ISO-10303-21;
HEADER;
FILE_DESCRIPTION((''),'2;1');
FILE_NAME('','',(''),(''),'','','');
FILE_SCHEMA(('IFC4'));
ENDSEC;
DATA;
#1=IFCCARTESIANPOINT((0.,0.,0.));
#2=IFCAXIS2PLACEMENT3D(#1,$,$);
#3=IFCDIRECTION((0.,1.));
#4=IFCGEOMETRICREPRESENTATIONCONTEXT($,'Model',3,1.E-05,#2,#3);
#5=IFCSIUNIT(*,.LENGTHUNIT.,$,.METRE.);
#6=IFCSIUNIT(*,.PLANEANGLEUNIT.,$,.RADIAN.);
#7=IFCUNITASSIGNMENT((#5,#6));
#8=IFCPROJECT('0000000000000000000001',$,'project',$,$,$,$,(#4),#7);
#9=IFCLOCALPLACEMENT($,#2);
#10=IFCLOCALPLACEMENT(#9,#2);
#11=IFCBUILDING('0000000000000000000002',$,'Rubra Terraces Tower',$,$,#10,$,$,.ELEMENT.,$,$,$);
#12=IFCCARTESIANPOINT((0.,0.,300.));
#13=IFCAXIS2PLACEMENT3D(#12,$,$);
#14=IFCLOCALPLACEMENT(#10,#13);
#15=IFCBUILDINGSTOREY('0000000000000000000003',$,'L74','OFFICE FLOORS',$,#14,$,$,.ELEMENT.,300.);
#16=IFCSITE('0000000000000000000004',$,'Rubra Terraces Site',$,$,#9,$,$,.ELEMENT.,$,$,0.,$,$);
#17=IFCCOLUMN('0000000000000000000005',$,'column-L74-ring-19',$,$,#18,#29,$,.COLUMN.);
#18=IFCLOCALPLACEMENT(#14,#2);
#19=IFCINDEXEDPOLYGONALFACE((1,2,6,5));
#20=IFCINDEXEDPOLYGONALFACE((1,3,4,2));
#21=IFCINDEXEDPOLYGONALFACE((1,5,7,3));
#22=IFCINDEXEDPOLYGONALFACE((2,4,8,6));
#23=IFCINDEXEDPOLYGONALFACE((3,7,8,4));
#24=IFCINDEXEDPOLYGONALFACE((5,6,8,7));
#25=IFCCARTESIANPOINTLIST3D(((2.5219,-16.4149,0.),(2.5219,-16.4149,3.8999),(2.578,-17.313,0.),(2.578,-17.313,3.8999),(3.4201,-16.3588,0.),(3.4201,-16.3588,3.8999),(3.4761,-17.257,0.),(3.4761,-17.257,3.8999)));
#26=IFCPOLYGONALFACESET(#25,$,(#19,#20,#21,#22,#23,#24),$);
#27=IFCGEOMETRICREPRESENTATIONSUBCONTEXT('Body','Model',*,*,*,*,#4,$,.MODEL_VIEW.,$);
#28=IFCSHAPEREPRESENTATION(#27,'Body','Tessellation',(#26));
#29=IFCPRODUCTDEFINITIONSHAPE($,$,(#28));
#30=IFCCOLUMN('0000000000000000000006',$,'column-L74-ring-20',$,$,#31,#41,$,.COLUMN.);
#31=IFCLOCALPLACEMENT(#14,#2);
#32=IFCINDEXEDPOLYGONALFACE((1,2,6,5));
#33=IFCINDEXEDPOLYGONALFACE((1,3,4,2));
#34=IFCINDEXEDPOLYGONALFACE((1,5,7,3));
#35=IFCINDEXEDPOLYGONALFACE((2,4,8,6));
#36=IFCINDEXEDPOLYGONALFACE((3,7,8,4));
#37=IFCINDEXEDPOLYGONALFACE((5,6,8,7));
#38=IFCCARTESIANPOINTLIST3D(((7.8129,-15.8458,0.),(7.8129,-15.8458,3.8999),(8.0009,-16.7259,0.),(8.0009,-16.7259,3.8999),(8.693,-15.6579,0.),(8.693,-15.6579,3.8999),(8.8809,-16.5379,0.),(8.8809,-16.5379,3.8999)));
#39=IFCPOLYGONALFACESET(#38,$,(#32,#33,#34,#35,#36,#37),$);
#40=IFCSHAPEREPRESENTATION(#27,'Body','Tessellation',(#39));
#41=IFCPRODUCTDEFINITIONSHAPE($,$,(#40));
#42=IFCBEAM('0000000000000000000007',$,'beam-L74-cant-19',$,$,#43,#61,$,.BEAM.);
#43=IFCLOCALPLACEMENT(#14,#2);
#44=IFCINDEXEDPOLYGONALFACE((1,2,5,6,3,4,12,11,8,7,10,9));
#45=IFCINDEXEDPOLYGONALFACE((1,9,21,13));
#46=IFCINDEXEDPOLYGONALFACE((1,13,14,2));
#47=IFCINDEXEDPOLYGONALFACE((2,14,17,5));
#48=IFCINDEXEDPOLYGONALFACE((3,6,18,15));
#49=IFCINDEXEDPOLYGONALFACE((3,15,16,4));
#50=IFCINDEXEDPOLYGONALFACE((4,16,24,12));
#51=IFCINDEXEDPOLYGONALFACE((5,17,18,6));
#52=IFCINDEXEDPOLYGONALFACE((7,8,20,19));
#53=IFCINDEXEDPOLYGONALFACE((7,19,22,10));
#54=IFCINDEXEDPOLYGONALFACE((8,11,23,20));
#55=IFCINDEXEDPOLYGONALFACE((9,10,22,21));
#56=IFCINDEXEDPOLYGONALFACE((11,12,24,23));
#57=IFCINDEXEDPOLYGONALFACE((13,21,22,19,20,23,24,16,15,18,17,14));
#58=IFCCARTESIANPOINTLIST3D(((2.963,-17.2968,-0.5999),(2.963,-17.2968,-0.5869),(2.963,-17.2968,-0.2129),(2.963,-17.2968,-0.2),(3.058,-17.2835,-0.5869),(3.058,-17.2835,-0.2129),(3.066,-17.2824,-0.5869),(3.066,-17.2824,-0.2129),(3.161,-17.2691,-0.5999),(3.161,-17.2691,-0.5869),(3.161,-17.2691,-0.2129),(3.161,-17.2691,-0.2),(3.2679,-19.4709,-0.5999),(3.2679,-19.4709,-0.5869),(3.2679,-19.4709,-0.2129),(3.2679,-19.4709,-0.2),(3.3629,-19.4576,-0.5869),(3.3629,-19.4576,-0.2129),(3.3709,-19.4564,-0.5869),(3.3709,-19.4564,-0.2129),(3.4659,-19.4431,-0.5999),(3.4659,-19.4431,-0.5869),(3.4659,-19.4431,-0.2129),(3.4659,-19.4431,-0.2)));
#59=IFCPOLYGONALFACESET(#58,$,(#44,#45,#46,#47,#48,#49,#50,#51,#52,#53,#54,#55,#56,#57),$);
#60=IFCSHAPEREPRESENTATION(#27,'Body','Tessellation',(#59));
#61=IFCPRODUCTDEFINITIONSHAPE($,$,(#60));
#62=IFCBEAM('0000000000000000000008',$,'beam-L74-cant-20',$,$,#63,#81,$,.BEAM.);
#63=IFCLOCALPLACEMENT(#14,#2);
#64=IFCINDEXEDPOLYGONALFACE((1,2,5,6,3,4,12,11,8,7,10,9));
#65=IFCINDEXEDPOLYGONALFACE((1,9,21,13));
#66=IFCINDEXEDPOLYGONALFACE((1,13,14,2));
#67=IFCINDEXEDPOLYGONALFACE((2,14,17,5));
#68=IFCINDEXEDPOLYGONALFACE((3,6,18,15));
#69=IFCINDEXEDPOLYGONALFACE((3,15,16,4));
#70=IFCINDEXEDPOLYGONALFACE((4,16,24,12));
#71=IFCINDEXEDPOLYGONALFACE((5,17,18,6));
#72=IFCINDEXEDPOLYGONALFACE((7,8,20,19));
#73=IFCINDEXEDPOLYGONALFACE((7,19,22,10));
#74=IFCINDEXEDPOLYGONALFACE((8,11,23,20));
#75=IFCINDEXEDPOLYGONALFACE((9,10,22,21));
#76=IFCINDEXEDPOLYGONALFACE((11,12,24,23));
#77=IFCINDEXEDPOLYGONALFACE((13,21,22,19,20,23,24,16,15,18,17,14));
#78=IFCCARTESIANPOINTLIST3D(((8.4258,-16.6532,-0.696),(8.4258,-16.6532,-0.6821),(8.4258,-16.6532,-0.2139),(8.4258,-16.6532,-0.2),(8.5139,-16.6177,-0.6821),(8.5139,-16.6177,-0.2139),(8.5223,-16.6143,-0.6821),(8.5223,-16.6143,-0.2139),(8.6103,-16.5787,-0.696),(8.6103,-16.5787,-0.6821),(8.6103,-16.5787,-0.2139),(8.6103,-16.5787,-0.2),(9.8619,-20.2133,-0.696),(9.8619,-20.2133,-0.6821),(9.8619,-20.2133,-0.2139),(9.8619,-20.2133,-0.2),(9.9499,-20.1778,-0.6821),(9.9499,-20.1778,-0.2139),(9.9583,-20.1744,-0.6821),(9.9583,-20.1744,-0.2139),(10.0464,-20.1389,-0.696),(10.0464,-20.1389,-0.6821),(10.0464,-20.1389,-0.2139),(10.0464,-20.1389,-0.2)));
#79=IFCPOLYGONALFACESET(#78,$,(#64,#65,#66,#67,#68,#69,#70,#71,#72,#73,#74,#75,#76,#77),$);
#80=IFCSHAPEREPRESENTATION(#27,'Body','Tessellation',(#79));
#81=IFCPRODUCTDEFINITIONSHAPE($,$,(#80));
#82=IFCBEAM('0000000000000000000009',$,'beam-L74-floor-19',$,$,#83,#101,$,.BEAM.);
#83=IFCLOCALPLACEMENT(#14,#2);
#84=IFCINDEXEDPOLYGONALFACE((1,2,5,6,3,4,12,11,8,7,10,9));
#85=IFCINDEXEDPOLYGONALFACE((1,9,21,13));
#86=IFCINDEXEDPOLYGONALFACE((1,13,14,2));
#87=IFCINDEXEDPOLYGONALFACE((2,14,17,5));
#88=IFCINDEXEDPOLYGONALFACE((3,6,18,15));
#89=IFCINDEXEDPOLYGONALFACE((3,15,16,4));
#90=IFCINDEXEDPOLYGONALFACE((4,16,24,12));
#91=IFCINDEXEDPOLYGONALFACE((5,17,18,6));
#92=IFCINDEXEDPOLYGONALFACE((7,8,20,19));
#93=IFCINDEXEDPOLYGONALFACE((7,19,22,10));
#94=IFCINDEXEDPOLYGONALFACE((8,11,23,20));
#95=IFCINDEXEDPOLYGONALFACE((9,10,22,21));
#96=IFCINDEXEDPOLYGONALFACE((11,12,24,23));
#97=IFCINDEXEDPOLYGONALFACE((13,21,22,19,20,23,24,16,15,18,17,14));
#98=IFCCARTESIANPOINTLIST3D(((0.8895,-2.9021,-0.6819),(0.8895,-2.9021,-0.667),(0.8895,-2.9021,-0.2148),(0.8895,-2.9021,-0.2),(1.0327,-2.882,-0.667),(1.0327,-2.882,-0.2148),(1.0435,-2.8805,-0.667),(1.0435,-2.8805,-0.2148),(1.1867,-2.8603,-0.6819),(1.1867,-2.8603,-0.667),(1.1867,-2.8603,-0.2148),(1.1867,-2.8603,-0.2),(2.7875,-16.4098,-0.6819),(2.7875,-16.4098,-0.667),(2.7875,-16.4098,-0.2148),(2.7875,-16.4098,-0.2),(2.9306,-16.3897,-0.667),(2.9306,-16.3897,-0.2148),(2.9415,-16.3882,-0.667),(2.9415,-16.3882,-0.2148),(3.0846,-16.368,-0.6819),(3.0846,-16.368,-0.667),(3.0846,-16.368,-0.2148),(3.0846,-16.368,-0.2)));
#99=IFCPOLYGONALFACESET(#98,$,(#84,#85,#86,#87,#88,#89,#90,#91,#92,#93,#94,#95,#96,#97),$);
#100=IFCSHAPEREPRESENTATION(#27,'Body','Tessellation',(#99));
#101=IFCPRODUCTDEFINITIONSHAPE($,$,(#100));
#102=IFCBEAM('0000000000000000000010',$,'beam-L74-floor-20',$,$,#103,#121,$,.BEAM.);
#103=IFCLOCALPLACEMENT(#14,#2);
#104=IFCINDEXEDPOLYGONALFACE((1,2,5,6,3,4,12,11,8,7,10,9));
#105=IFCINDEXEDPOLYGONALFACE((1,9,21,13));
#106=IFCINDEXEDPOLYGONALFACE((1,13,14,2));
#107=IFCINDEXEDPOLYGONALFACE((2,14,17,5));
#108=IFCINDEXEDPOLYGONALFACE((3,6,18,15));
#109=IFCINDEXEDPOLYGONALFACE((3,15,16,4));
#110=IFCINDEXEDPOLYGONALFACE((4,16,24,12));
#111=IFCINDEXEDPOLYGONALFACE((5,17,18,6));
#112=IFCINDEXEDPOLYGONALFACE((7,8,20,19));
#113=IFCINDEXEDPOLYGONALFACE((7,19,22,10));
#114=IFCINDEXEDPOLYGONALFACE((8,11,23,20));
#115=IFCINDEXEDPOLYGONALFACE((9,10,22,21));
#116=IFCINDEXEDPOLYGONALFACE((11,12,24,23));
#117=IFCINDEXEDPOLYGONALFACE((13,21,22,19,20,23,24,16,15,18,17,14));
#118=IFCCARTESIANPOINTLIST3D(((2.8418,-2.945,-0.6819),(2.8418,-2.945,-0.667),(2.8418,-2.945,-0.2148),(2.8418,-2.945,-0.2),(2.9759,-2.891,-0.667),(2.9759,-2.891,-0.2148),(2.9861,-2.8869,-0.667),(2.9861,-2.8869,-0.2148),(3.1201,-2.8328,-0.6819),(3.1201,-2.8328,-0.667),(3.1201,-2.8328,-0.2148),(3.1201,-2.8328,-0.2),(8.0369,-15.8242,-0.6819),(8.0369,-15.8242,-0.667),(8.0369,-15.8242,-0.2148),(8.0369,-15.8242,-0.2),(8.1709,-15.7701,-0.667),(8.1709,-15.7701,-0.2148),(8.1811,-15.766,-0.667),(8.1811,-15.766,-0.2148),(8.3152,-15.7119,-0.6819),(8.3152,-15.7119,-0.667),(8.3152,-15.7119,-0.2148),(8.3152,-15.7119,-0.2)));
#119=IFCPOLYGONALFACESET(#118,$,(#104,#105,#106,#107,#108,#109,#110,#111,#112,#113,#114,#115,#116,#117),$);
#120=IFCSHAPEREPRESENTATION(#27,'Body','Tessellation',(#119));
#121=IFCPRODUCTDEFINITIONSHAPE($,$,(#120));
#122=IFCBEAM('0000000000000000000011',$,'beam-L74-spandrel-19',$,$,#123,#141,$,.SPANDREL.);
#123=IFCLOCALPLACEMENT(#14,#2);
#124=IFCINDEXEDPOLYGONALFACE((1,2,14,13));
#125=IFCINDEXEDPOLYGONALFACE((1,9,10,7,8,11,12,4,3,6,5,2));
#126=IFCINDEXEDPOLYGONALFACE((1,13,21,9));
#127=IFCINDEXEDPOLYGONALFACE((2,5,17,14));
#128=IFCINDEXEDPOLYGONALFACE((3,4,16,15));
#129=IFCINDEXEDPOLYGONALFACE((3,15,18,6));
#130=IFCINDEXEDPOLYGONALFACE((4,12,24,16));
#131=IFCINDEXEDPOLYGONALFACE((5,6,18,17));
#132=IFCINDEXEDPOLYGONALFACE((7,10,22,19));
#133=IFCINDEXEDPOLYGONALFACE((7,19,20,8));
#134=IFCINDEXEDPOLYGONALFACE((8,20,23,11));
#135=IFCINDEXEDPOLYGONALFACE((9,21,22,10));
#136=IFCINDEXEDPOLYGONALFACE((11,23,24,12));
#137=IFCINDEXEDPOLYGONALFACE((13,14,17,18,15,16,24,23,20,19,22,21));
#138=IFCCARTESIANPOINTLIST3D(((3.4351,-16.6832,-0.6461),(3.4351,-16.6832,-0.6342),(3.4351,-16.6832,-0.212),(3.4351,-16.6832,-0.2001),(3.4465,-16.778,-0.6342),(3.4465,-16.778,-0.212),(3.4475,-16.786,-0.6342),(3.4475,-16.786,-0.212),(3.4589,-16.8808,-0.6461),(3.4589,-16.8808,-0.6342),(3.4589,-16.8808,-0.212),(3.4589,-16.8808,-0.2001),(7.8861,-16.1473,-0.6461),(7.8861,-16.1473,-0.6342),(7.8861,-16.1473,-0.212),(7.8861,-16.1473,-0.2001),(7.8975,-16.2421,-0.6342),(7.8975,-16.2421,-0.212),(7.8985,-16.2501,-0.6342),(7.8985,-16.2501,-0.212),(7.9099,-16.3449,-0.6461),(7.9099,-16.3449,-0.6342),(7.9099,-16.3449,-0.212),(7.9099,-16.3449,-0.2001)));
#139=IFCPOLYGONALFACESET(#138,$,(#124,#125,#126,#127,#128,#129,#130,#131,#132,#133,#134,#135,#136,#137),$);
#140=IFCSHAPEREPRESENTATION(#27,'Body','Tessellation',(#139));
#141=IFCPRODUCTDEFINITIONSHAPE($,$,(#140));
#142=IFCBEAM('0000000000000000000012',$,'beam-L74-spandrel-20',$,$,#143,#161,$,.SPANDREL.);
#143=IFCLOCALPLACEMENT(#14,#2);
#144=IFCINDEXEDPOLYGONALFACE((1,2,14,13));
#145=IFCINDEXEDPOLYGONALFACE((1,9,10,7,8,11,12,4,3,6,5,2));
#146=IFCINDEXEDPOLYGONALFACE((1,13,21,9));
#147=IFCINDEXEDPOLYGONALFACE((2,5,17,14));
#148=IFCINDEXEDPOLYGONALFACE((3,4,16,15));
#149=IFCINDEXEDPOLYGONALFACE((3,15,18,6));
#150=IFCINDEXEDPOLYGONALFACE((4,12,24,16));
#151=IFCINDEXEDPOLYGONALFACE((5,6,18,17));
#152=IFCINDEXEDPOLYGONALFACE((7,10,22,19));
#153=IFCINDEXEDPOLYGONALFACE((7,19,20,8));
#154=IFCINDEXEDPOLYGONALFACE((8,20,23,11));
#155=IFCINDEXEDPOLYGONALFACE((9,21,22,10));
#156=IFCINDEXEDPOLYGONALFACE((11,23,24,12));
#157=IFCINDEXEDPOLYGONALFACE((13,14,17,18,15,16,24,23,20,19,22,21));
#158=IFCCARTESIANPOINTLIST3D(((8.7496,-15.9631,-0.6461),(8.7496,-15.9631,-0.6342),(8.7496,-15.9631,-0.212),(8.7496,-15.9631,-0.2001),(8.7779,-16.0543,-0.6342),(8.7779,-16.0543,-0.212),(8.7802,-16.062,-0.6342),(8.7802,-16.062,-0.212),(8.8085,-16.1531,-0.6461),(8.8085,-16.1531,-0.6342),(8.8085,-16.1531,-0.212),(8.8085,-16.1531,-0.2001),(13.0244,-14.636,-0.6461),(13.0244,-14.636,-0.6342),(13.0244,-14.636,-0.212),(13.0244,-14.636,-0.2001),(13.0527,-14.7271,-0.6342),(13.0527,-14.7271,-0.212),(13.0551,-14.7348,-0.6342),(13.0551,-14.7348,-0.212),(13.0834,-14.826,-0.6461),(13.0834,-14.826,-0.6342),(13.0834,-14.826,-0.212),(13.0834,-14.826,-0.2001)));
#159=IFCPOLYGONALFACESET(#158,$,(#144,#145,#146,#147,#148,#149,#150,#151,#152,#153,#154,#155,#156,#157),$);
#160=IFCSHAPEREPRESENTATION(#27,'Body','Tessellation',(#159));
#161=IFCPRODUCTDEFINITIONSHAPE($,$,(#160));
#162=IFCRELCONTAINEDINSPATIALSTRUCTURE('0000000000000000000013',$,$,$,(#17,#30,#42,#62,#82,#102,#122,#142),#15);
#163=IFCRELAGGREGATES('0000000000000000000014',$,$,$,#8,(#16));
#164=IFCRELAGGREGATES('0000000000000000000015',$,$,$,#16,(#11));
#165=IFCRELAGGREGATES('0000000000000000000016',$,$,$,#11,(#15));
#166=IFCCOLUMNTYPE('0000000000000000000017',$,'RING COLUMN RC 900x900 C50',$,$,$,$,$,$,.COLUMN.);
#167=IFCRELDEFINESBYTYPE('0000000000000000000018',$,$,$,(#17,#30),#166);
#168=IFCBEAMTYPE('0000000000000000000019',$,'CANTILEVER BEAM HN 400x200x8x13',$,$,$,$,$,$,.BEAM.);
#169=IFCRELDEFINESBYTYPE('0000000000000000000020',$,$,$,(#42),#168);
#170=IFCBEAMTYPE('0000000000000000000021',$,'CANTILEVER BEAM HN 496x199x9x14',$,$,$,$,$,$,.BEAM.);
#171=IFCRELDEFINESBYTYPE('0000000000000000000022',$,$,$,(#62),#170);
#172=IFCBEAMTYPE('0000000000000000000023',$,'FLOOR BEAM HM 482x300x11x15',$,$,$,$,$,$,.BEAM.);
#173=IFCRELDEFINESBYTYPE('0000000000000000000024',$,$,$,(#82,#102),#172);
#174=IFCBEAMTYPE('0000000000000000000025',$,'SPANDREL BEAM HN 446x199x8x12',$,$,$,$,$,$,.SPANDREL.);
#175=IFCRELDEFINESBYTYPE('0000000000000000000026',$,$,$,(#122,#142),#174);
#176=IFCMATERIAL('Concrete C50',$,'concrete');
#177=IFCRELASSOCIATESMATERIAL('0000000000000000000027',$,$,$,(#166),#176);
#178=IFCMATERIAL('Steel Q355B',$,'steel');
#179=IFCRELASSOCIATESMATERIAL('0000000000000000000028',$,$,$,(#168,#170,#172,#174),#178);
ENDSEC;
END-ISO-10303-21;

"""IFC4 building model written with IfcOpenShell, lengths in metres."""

from ifc_helpers import new_model, si_unit, direction, frame, origin, origin_2d, place, context, subcontext, project, spatial, rectangle, i_section, extrude, material, material_profile, profile_set, type_object, element, save


model = new_model("IFC4")

# Units and contexts
model_context = context("Model", 3, precision=1e-05, world=origin(), true_north=direction((0.0, 1.0)))
body_context = subcontext(model_context, "Body", "Model", "MODEL_VIEW")
ifc_project = project(units=[si_unit("LENGTHUNIT", "METRE"), si_unit("PLANEANGLEUNIT", "RADIAN")], contexts=[model_context])

# Site, building, storey
site_placement = place(None, origin())
site = spatial("IfcSite", under=ifc_project, at=site_placement, Name="Rubra Terraces Site", CompositionType="ELEMENT", RefElevation=0.0)
building_placement = place(site_placement, origin())
building = spatial("IfcBuilding", under=site, at=building_placement, Name="Rubra Terraces Tower", CompositionType="ELEMENT")
storey_placement = place(building_placement, frame((0.0, 0.0, 300.0)))
storey = spatial("IfcBuildingStorey", under=building, at=storey_placement, Name="L74", Description="OFFICE FLOORS", CompositionType="ELEMENT", Elevation=300.0)

# Columns
ifc_material_1 = material(Name="Concrete C50", Category="concrete")
ifc_material_profile_1 = material_profile(ifc_material_1, rectangle(XDim=0.8999, YDim=0.8999, at=origin_2d()), Name="RC 900x900")
ifc_profile_set_1 = profile_set([ifc_material_profile_1], Name="Concrete C50")
column_type = type_object("IfcColumnType", Name="RING COLUMN RC 900x900 C50", PredefinedType="COLUMN", material=ifc_profile_set_1)
for number, where, z_axis, x_axis, name in (
    (1, (2.999, -16.8359, 0.0), (0.0, 0.0, 1.0), (0.998059, 0.062268, 0.0), "column-L74-ring-19"),
    (2, (8.3469, -16.1919, 0.0), (0.0, 0.0, 1.0), (0.977944, 0.208867, 0.0), "column-L74-ring-20"),
):
    element("IfcColumn", number, at=place(storey_placement, frame(where, z_axis=z_axis, x_axis=x_axis)), inside=storey, type_object=column_type, Name=name, PredefinedType="COLUMN", context=body_context, shape_type="SweptSolid", body=[
        extrude(rectangle(XDim=0.8999, YDim=0.8999, at=origin_2d()), origin(), (0.0, 0.0, 1.0), 3.8999),
    ])

# Beams
ifc_material_2 = material(Name="Steel Q355B", Category="steel")
ifc_material_profile_2 = material_profile(ifc_material_2, i_section(OverallWidth=0.2, OverallDepth=0.3999, WebThickness=0.0081, FlangeThickness=0.0129, at=origin_2d()), Name="HN 400x200x8x13")
ifc_profile_set_2 = profile_set([ifc_material_profile_2], Name="Steel Q355B")
beam_type_1 = type_object("IfcBeamType", Name="CANTILEVER BEAM HN 400x200x8x13", PredefinedType="BEAM", material=ifc_profile_set_2)
beam_1_placement = place(storey_placement, frame((3.062, -17.283, -0.3999), z_axis=(0.138899, -0.990307, 0.0), x_axis=(0.990307, 0.138899, 0.0)))
element("IfcBeam", 3, at=beam_1_placement, inside=storey, type_object=beam_type_1, Name="beam-L74-cant-19", PredefinedType="BEAM", context=body_context, shape_type="SweptSolid", body=[
    extrude(i_section(OverallWidth=0.2, OverallDepth=0.3999, WebThickness=0.0081, FlangeThickness=0.0129, at=origin_2d()), origin(), (0.0, 0.0, 1.0), 2.1953),
])
ifc_material_profile_3 = material_profile(ifc_material_2, i_section(OverallWidth=0.199, OverallDepth=0.4961, WebThickness=0.009, FlangeThickness=0.0139, at=origin_2d()), Name="HN 496x199x9x14")
ifc_profile_set_3 = profile_set([ifc_material_profile_3], Name="Steel Q355B")
beam_type_2 = type_object("IfcBeamType", Name="CANTILEVER BEAM HN 496x199x9x14", PredefinedType="BEAM", material=ifc_profile_set_3)
beam_2_placement = place(storey_placement, frame((8.5181, -16.616, -0.448), z_axis=(0.374087, -0.927394, 0.0), x_axis=(0.927394, 0.374087, 0.0)))
element("IfcBeam", 4, at=beam_2_placement, inside=storey, type_object=beam_type_2, Name="beam-L74-cant-20", PredefinedType="BEAM", context=body_context, shape_type="SweptSolid", body=[
    extrude(i_section(OverallWidth=0.199, OverallDepth=0.4961, WebThickness=0.009, FlangeThickness=0.0139, at=origin_2d()), origin(), (0.0, 0.0, 1.0), 3.8389),
])
ifc_material_profile_4 = material_profile(ifc_material_2, i_section(OverallWidth=0.3, OverallDepth=0.4819, WebThickness=0.011, FlangeThickness=0.0149, at=origin_2d()), Name="HM 482x300x11x15")
ifc_profile_set_4 = profile_set([ifc_material_profile_4], Name="Steel Q355B")
beam_type_3 = type_object("IfcBeamType", Name="FLOOR BEAM HM 482x300x11x15", PredefinedType="BEAM", material=ifc_profile_set_4)
beam_3_placement = place(storey_placement, frame((2.936, -16.3889, -0.4409), z_axis=(-0.139141, 0.990273, 0.0), x_axis=(-0.990273, -0.139141, 0.0)))
element("IfcBeam", 5, at=beam_3_placement, inside=storey, type_object=beam_type_3, Name="beam-L74-floor-19", PredefinedType="BEAM", context=body_context, shape_type="SweptSolid", body=[
    extrude(i_section(OverallWidth=0.3, OverallDepth=0.4819, WebThickness=0.011, FlangeThickness=0.0149, at=origin_2d()), origin(), (0.0, 0.0, 1.0), 13.6404),
])
beam_4_placement = place(storey_placement, frame((8.176, -15.7681, -0.4409), z_axis=(-0.374084, 0.927395, 0.0), x_axis=(-0.927395, -0.374084, 0.0)))
element("IfcBeam", 6, at=beam_4_placement, inside=storey, type_object=beam_type_3, Name="beam-L74-floor-20", PredefinedType="BEAM", context=body_context, shape_type="SweptSolid", body=[
    extrude(i_section(OverallWidth=0.3, OverallDepth=0.4819, WebThickness=0.011, FlangeThickness=0.0149, at=origin_2d()), origin(), (0.0, 0.0, 1.0), 13.8875),
])
ifc_material_profile_5 = material_profile(ifc_material_2, i_section(OverallWidth=0.199, OverallDepth=0.446, WebThickness=0.0081, FlangeThickness=0.012, at=origin_2d()), Name="HN 446x199x8x12")
ifc_profile_set_5 = profile_set([ifc_material_profile_5], Name="Steel Q355B")
beam_type_4 = type_object("IfcBeamType", Name="SPANDREL BEAM HN 446x199x8x12", PredefinedType="SPANDREL", material=ifc_profile_set_5)
beam_5_placement = place(storey_placement, frame((3.447, -16.782, -0.4231), z_axis=(0.99283, 0.119536, 0.0), x_axis=(-0.119536, 0.99283, 0.0)))
element("IfcBeam", 7, at=beam_5_placement, inside=storey, type_object=beam_type_4, Name="beam-L74-spandrel-19", PredefinedType="SPANDREL", context=body_context, shape_type="SweptSolid", body=[
    extrude(i_section(OverallWidth=0.199, OverallDepth=0.446, WebThickness=0.0081, FlangeThickness=0.012, at=origin_2d()), origin(), (0.0, 0.0, 1.0), 4.4832),
])
beam_6_placement = place(storey_placement, frame((8.7791, -16.0581, -0.4231), z_axis=(0.955035, 0.296492, 0.0), x_axis=(-0.296492, 0.955035, 0.0)))
element("IfcBeam", 8, at=beam_6_placement, inside=storey, type_object=beam_type_4, Name="beam-L74-spandrel-20", PredefinedType="SPANDREL", context=body_context, shape_type="SweptSolid", body=[
    extrude(i_section(OverallWidth=0.199, OverallDepth=0.446, WebThickness=0.0081, FlangeThickness=0.012, at=origin_2d()), origin(), (0.0, 0.0, 1.0), 4.4761),
])

save(model, "model.ifc")
